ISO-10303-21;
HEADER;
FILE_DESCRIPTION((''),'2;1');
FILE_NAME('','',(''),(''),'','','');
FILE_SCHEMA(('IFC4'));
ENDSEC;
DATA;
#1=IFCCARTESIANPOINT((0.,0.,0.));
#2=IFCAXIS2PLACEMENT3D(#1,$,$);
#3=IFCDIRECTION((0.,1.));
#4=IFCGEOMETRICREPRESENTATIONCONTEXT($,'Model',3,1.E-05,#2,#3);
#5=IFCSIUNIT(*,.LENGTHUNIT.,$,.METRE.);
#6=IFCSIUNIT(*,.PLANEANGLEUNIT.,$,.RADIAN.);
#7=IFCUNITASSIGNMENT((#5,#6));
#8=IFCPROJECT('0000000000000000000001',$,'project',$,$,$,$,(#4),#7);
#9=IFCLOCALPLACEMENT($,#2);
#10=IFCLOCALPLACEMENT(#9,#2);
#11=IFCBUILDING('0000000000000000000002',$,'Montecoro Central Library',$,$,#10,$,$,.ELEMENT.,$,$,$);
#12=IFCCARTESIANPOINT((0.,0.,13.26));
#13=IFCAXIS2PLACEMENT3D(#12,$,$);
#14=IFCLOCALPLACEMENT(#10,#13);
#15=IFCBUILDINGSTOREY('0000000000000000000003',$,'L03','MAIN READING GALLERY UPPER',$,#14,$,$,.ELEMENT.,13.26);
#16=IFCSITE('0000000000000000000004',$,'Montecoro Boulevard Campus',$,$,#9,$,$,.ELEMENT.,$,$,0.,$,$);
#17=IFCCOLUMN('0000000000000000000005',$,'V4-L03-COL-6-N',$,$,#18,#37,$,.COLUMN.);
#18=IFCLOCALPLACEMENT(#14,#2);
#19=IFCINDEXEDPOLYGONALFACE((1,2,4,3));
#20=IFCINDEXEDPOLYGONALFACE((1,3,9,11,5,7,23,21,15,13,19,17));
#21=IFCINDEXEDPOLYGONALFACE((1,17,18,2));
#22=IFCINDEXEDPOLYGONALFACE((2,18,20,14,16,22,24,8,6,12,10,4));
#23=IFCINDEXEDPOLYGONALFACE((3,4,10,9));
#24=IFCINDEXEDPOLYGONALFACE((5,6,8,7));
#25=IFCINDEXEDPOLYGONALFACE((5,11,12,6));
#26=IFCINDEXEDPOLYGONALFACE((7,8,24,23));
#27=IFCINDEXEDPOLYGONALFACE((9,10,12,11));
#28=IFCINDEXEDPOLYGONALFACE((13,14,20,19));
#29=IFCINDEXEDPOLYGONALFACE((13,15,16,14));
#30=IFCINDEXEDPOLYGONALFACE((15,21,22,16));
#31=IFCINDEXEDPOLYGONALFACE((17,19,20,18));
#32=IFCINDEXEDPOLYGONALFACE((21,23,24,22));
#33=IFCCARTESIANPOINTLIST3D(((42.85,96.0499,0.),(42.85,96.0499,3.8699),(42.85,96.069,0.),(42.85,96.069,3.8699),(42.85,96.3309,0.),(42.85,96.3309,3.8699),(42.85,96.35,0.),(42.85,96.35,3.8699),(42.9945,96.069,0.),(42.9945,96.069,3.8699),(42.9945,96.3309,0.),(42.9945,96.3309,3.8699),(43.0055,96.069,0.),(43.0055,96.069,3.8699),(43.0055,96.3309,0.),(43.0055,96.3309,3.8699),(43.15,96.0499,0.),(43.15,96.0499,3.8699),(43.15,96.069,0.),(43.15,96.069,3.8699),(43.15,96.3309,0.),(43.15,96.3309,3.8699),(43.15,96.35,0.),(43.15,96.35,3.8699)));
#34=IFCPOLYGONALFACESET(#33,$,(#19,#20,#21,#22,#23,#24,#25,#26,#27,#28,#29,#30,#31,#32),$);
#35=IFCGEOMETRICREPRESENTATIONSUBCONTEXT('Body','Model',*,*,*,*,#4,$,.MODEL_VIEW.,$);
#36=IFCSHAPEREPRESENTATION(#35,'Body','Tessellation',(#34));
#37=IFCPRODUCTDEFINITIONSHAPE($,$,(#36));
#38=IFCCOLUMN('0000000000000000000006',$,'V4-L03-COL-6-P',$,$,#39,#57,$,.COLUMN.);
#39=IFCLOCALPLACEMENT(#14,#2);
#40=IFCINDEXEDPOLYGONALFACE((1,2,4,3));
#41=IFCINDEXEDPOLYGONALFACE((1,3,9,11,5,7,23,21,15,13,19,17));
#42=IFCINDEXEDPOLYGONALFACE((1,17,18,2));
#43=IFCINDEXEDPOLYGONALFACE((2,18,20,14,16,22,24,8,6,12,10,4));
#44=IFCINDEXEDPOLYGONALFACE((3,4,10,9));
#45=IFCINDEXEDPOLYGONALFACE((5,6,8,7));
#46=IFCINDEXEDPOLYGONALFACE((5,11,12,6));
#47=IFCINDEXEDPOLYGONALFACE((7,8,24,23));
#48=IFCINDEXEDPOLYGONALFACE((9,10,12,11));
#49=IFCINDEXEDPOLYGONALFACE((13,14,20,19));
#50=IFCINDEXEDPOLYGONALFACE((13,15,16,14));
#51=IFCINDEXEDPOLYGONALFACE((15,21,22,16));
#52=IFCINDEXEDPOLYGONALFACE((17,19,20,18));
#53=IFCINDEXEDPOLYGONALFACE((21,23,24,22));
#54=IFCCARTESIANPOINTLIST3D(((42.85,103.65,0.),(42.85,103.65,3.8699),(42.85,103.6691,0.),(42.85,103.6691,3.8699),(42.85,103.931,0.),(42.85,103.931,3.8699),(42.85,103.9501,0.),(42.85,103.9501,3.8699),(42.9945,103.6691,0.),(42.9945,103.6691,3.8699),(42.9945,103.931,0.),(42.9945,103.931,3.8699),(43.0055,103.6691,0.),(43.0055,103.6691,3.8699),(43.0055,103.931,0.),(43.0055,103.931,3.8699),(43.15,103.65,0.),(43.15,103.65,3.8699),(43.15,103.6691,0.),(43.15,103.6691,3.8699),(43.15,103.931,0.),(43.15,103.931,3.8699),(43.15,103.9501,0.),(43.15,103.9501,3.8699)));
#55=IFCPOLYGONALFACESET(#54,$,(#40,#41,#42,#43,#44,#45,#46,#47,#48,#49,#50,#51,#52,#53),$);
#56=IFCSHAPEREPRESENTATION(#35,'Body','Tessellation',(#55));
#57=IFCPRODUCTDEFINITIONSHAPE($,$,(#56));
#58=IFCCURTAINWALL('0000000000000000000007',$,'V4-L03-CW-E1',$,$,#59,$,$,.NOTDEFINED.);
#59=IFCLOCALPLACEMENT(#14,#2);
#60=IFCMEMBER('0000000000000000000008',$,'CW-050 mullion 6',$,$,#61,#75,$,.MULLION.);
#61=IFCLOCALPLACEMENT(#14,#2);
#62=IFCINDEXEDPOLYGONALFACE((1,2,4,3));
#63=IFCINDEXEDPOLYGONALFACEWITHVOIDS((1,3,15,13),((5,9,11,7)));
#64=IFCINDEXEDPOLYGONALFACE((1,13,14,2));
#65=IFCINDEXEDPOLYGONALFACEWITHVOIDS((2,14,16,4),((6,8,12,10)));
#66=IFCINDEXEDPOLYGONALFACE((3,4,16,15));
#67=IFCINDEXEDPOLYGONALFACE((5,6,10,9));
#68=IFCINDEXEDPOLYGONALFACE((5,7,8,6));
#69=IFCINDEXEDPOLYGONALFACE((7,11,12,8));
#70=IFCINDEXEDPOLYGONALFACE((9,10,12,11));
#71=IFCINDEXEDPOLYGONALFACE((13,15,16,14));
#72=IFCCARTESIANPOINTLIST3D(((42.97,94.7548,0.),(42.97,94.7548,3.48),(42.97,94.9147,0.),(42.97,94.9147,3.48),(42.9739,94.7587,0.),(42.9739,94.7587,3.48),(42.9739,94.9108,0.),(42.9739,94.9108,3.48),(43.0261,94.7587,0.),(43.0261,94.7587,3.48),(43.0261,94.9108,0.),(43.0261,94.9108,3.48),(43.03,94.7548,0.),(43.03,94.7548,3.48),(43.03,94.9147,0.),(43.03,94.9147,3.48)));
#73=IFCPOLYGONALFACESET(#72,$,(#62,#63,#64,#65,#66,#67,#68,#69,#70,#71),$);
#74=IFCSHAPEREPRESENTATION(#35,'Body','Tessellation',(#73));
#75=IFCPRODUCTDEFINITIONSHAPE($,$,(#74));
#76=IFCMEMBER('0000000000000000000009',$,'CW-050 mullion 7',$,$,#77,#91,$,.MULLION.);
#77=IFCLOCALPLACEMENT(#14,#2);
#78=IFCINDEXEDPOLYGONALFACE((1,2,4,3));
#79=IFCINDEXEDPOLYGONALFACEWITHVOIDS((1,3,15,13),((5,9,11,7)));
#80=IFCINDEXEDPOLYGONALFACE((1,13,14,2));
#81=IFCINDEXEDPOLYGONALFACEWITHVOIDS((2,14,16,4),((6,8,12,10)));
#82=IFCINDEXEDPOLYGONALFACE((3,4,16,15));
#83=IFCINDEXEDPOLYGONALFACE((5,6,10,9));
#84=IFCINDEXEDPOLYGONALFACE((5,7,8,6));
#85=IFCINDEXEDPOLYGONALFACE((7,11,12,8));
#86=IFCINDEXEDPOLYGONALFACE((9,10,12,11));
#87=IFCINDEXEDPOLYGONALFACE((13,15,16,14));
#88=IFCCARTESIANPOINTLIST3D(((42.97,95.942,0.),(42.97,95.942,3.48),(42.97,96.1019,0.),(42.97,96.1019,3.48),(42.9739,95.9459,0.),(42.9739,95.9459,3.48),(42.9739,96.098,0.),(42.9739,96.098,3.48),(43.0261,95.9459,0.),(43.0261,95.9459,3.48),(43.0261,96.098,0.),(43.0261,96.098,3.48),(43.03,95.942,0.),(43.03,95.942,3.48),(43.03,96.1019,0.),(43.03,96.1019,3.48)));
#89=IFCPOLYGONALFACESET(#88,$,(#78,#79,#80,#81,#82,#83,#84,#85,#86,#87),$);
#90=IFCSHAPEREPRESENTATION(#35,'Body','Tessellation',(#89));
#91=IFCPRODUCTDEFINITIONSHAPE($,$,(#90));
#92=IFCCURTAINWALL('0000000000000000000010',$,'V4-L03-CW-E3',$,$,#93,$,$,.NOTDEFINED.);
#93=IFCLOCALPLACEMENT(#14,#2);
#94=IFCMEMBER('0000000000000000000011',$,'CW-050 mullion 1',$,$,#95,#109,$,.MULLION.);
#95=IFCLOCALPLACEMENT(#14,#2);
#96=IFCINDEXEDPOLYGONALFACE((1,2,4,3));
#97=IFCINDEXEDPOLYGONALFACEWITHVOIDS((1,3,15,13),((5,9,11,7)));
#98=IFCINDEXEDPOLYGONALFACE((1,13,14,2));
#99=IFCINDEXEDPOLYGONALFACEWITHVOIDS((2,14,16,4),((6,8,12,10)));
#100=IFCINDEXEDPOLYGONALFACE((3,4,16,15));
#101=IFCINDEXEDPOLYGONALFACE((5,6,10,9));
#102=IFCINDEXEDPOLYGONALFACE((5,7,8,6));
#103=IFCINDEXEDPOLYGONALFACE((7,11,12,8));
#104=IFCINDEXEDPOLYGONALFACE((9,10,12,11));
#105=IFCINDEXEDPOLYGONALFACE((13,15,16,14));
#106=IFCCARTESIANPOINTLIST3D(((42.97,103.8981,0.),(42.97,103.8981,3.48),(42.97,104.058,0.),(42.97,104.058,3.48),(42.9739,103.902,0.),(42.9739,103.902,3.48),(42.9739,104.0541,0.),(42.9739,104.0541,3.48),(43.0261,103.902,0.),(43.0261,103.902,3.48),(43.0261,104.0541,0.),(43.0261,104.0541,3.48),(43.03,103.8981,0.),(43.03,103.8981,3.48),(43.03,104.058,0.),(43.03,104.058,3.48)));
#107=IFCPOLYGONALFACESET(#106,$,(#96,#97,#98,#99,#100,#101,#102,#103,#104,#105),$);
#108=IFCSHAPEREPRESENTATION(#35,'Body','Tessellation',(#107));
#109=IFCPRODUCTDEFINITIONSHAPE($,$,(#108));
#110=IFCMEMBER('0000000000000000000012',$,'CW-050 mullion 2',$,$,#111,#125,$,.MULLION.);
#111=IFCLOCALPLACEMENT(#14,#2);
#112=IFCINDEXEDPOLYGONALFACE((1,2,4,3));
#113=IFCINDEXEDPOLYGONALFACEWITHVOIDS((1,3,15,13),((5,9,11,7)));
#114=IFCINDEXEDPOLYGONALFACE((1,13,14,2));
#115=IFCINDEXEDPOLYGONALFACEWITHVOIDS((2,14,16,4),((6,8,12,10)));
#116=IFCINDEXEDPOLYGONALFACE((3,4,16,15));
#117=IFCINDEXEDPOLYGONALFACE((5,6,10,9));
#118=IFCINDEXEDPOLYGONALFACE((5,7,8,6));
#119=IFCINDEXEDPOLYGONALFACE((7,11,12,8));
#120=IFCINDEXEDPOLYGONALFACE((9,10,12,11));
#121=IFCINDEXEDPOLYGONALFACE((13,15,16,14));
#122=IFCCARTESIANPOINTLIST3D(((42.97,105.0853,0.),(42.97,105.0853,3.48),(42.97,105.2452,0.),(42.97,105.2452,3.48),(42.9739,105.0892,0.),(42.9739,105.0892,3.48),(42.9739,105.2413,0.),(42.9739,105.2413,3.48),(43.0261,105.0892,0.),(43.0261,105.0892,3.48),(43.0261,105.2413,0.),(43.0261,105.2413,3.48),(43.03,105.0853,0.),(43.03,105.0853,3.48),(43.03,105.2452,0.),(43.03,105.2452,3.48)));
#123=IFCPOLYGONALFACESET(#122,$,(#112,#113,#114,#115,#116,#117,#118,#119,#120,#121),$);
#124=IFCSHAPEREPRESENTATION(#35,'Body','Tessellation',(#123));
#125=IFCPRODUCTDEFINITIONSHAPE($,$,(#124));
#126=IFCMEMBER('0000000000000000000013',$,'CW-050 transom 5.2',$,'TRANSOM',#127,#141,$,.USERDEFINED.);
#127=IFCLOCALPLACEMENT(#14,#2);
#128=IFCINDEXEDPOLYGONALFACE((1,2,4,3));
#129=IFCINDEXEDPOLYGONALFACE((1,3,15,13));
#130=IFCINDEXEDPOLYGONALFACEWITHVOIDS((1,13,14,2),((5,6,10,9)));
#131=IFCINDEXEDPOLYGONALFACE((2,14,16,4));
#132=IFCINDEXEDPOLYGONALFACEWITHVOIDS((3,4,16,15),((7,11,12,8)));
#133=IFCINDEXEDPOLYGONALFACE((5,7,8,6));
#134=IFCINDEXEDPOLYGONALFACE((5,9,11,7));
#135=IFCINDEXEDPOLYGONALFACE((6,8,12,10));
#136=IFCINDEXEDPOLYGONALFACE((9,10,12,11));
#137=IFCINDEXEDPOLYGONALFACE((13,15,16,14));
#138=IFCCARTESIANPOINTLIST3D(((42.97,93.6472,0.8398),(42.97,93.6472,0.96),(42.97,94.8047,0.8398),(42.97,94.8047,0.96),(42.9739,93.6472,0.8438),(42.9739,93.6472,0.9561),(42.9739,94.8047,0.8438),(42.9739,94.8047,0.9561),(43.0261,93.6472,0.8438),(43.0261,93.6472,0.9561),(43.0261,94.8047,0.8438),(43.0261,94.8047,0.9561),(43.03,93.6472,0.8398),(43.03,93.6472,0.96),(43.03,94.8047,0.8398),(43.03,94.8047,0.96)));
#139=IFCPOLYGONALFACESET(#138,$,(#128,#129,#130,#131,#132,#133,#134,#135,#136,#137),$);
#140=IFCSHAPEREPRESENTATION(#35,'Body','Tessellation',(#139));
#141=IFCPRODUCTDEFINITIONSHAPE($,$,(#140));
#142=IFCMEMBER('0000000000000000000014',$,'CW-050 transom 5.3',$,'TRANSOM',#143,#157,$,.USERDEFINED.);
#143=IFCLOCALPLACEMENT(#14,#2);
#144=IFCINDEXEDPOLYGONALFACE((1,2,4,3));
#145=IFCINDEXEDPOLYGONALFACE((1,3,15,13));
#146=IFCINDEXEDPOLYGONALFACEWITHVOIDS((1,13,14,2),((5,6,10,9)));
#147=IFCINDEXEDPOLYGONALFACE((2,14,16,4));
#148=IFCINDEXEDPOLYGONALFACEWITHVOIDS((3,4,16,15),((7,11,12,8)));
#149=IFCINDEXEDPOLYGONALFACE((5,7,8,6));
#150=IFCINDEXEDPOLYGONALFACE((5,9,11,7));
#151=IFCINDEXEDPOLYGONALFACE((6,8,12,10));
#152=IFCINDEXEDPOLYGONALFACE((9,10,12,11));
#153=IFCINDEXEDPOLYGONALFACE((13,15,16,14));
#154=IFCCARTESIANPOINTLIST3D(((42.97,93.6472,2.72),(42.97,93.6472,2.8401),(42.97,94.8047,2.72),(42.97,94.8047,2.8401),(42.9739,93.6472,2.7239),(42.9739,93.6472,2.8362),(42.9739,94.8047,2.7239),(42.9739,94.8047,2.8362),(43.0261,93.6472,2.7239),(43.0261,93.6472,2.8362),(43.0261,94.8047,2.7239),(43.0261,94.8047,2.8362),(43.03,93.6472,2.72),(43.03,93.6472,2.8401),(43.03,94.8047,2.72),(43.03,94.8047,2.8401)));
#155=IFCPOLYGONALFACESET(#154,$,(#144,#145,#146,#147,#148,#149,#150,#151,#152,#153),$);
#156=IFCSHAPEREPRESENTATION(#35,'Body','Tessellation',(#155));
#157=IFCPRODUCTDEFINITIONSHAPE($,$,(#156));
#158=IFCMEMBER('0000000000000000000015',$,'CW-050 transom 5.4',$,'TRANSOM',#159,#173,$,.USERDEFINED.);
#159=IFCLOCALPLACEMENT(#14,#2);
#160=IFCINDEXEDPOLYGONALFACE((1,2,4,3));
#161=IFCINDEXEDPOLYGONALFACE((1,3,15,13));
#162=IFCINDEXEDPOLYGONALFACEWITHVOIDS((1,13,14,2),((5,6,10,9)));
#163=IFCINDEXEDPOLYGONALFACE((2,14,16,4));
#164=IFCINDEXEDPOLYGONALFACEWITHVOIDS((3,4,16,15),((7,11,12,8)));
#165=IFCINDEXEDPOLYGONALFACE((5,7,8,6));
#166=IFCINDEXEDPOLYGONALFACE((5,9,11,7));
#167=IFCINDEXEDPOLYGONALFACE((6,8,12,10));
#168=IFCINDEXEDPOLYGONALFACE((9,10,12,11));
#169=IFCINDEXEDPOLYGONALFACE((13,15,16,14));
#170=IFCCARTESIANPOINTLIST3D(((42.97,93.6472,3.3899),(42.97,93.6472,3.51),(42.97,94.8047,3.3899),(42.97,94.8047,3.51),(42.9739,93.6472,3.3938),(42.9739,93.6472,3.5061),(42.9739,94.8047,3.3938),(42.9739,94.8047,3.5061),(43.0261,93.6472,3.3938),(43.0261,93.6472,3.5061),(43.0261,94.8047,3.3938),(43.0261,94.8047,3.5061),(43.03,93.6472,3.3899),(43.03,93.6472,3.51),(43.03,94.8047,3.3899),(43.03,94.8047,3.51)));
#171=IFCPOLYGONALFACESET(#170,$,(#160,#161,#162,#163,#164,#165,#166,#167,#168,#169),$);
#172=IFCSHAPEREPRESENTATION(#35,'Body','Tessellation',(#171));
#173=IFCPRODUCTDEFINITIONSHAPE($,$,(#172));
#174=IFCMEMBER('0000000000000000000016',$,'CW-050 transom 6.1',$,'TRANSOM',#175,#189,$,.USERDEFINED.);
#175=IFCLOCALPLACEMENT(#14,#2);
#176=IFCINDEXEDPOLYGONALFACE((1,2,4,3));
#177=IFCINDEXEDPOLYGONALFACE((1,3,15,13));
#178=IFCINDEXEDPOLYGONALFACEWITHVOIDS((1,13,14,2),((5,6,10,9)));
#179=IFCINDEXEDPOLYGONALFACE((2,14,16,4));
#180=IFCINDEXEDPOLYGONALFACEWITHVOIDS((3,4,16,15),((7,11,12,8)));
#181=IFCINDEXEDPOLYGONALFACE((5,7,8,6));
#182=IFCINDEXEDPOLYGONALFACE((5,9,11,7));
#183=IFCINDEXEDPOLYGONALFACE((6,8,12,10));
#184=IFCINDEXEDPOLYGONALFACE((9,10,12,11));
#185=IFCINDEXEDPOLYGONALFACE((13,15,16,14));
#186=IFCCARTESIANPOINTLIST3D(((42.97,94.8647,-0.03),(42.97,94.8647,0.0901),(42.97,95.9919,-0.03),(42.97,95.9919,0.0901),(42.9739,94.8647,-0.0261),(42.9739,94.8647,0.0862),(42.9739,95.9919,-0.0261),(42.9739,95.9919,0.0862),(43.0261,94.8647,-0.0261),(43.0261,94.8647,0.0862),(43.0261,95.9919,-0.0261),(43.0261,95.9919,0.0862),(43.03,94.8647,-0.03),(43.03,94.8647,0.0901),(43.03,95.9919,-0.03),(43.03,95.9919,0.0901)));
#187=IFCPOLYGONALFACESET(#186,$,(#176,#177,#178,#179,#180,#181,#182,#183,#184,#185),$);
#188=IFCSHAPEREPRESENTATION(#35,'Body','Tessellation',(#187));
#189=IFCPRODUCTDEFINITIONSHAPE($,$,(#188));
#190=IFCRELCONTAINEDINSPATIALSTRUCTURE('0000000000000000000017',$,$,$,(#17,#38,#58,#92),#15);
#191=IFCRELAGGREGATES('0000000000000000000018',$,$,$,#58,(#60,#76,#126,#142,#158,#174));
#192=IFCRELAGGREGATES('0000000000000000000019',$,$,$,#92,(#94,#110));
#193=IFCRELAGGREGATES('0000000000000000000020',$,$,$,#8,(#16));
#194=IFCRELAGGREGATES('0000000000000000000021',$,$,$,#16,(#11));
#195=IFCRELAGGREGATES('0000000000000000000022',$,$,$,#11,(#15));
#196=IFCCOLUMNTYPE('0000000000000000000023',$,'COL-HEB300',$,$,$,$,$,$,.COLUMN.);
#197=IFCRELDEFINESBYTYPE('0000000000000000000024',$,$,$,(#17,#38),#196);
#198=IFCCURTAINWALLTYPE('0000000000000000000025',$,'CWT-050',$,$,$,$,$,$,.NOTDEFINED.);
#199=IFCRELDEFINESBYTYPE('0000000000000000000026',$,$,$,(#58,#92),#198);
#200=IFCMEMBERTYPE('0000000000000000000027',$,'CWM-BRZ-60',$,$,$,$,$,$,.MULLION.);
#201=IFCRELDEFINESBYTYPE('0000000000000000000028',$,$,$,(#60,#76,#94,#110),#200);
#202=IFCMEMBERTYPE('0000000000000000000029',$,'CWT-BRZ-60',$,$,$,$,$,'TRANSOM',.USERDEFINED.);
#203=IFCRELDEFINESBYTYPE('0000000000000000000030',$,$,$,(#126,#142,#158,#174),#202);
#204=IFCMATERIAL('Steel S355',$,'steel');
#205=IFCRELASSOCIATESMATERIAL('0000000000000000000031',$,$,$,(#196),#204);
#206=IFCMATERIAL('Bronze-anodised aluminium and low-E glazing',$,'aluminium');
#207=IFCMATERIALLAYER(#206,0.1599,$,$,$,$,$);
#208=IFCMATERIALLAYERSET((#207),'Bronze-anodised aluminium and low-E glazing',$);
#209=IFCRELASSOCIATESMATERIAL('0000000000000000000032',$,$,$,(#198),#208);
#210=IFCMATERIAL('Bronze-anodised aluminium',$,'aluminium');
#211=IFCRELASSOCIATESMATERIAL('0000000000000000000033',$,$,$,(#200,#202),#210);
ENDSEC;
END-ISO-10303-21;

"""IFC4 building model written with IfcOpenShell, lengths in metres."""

from ifc_helpers import new_model, si_unit, direction, frame, origin, origin_2d, place, context, subcontext, project, spatial, hollow_rectangle, i_section, extrude, material, layer, layer_set, material_profile, profile_set, type_object, element, aggregate, save


model = new_model("IFC4")

# Units and contexts
model_context = context("Model", 3, precision=1e-05, world=origin(), true_north=direction((0.0, 1.0)))
body_context = subcontext(model_context, "Body", "Model", "MODEL_VIEW")
ifc_project = project(units=[si_unit("LENGTHUNIT", "METRE"), si_unit("PLANEANGLEUNIT", "RADIAN")], contexts=[model_context])

# Site, building, storey
site_placement = place(None, origin())
site = spatial("IfcSite", under=ifc_project, at=site_placement, Name="Montecoro Boulevard Campus", CompositionType="ELEMENT", RefElevation=0.0)
building_placement = place(site_placement, origin())
building = spatial("IfcBuilding", under=site, at=building_placement, Name="Montecoro Central Library", CompositionType="ELEMENT")
storey_placement = place(building_placement, frame((0.0, 0.0, 13.26)))
storey = spatial("IfcBuildingStorey", under=building, at=storey_placement, Name="L03", Description="MAIN READING GALLERY UPPER", CompositionType="ELEMENT", Elevation=13.26)

# Columns
ifc_material_1 = material(Name="Steel S355", Category="steel")
ifc_material_profile_1 = material_profile(ifc_material_1, i_section(OverallWidth=0.3, OverallDepth=0.3, WebThickness=0.011, FlangeThickness=0.019, at=origin_2d()), Name="HEB 300")
ifc_profile_set_1 = profile_set([ifc_material_profile_1], Name="Steel S355")
column_type = type_object("IfcColumnType", Name="COL-HEB300", PredefinedType="COLUMN", material=ifc_profile_set_1)
for number, where, z_axis, x_axis, name in (
    (1, (43.0, 96.2, 0.0), (0.0, 0.0, 1.0), (1.0, 0.0, 0.0), "V4-L03-COL-6-N"),
    (2, (43.0, 103.8, 0.0), (0.0, 0.0, 1.0), (1.0, 0.0, 0.0), "V4-L03-COL-6-P"),
):
    element("IfcColumn", number, at=place(storey_placement, frame(where, z_axis=z_axis, x_axis=x_axis)), inside=storey, type_object=column_type, Name=name, PredefinedType="COLUMN", context=body_context, shape_type="SweptSolid", body=[
        extrude(i_section(OverallWidth=0.3, OverallDepth=0.3, WebThickness=0.011, FlangeThickness=0.019, at=origin_2d()), origin(), (0.0, 0.0, 1.0), 3.8699),
    ])

# Curtain walls, members
ifc_material_2 = material(Name="Bronze-anodised aluminium and low-E glazing", Category="aluminium")
ifc_layer_1 = layer(ifc_material_2, 0.1599)
ifc_layer_set_1 = layer_set([ifc_layer_1], Name="Bronze-anodised aluminium and low-E glazing")
curtain_wall_type = type_object("IfcCurtainWallType", Name="CWT-050", PredefinedType="NOTDEFINED", material=ifc_layer_set_1)
curtain_wall_1_placement = place(storey_placement, origin())
curtain_wall_1 = element("IfcCurtainWall", 3, at=curtain_wall_1_placement, inside=storey, type_object=curtain_wall_type, Name="V4-L03-CW-E1", PredefinedType="NOTDEFINED")
ifc_material_3 = material(Name="Bronze-anodised aluminium", Category="aluminium")
ifc_material_profile_2 = material_profile(ifc_material_3, hollow_rectangle(XDim=0.0601, YDim=0.1599, WallThickness=0.0039, at=origin_2d()), Name="CWM 160x60x4.0")
ifc_profile_set_2 = profile_set([ifc_material_profile_2], Name="Bronze-anodised aluminium")
member_type_1 = type_object("IfcMemberType", Name="CWM-BRZ-60", PredefinedType="MULLION", material=ifc_profile_set_2)
member_1_placement = place(storey_placement, frame((43.0, 94.8347, 0.0), z_axis=(0.0, 0.0, 1.0), x_axis=(-1.0, 0.0, 0.0)))
member_1 = element("IfcMember", 4, at=member_1_placement, type_object=member_type_1, Name="CW-050 mullion 6", PredefinedType="MULLION", context=body_context, shape_type="SweptSolid", body=[
    extrude(hollow_rectangle(XDim=0.0601, YDim=0.1599, WallThickness=0.0039, at=origin_2d()), origin(), (0.0, 0.0, 1.0), 3.48),
])
member_2_placement = place(storey_placement, frame((43.0, 96.022, 0.0), z_axis=(0.0, 0.0, 1.0), x_axis=(-1.0, 0.0, 0.0)))
member_2 = element("IfcMember", 5, at=member_2_placement, type_object=member_type_1, Name="CW-050 mullion 7", PredefinedType="MULLION", context=body_context, shape_type="SweptSolid", body=[
    extrude(hollow_rectangle(XDim=0.0601, YDim=0.1599, WallThickness=0.0039, at=origin_2d()), origin(), (0.0, 0.0, 1.0), 3.48),
])
curtain_wall_2_placement = place(storey_placement, origin())
curtain_wall_2 = element("IfcCurtainWall", 6, at=curtain_wall_2_placement, inside=storey, type_object=curtain_wall_type, Name="V4-L03-CW-E3", PredefinedType="NOTDEFINED")
member_3_placement = place(storey_placement, frame((43.0, 103.978, 0.0), z_axis=(0.0, 0.0, 1.0), x_axis=(-1.0, 0.0, 0.0)))
member_3 = element("IfcMember", 7, at=member_3_placement, type_object=member_type_1, Name="CW-050 mullion 1", PredefinedType="MULLION", context=body_context, shape_type="SweptSolid", body=[
    extrude(hollow_rectangle(XDim=0.0601, YDim=0.1599, WallThickness=0.0039, at=origin_2d()), origin(), (0.0, 0.0, 1.0), 3.48),
])
member_4_placement = place(storey_placement, frame((43.0, 105.1653, 0.0), z_axis=(0.0, 0.0, 1.0), x_axis=(-1.0, 0.0, 0.0)))
member_4 = element("IfcMember", 8, at=member_4_placement, type_object=member_type_1, Name="CW-050 mullion 2", PredefinedType="MULLION", context=body_context, shape_type="SweptSolid", body=[
    extrude(hollow_rectangle(XDim=0.0601, YDim=0.1599, WallThickness=0.0039, at=origin_2d()), origin(), (0.0, 0.0, 1.0), 3.48),
])

# Members
ifc_material_profile_3 = material_profile(ifc_material_3, hollow_rectangle(XDim=0.0601, YDim=0.1201, WallThickness=0.0039, at=origin_2d()), Name="CWT 120x60x4.0")
ifc_profile_set_3 = profile_set([ifc_material_profile_3], Name="Bronze-anodised aluminium")
member_type_2 = type_object("IfcMemberType", Name="CWT-BRZ-60", ElementType="TRANSOM", PredefinedType="USERDEFINED", material=ifc_profile_set_3)
member_5_placement = place(storey_placement, frame((43.0, 93.6472, 0.8999), z_axis=(0.0, 1.0, 0.0), x_axis=(-1.0, 0.0, 0.0)))
member_5 = element("IfcMember", 9, at=member_5_placement, type_object=member_type_2, Name="CW-050 transom 5.2", ObjectType="TRANSOM", PredefinedType="USERDEFINED", context=body_context, shape_type="SweptSolid", body=[
    extrude(hollow_rectangle(XDim=0.0601, YDim=0.1201, WallThickness=0.0039, at=origin_2d()), origin(), (0.0, 0.0, 1.0), 1.1575),
])
member_6_placement = place(storey_placement, frame((43.0, 93.6472, 2.78), z_axis=(0.0, 1.0, 0.0), x_axis=(-1.0, 0.0, 0.0)))
member_6 = element("IfcMember", 10, at=member_6_placement, type_object=member_type_2, Name="CW-050 transom 5.3", ObjectType="TRANSOM", PredefinedType="USERDEFINED", context=body_context, shape_type="SweptSolid", body=[
    extrude(hollow_rectangle(XDim=0.0601, YDim=0.1201, WallThickness=0.0039, at=origin_2d()), origin(), (0.0, 0.0, 1.0), 1.1575),
])
member_7_placement = place(storey_placement, frame((43.0, 93.6472, 3.45), z_axis=(0.0, 1.0, 0.0), x_axis=(-1.0, 0.0, 0.0)))
member_7 = element("IfcMember", 11, at=member_7_placement, type_object=member_type_2, Name="CW-050 transom 5.4", ObjectType="TRANSOM", PredefinedType="USERDEFINED", context=body_context, shape_type="SweptSolid", body=[
    extrude(hollow_rectangle(XDim=0.0601, YDim=0.1201, WallThickness=0.0039, at=origin_2d()), origin(), (0.0, 0.0, 1.0), 1.1575),
])
member_8_placement = place(storey_placement, frame((43.0, 94.8647, 0.03), z_axis=(0.0, 1.0, 0.0), x_axis=(-1.0, 0.0, 0.0)))
member_8 = element("IfcMember", 12, at=member_8_placement, type_object=member_type_2, Name="CW-050 transom 6.1", ObjectType="TRANSOM", PredefinedType="USERDEFINED", context=body_context, shape_type="SweptSolid", body=[
    extrude(hollow_rectangle(XDim=0.0601, YDim=0.1201, WallThickness=0.0039, at=origin_2d()), origin(), (0.0, 0.0, 1.0), 1.1272),
])

aggregate(curtain_wall_1, [member_1, member_2, member_5, member_6, member_7, member_8])
aggregate(curtain_wall_2, [member_3, member_4])

save(model, "model.ifc")
